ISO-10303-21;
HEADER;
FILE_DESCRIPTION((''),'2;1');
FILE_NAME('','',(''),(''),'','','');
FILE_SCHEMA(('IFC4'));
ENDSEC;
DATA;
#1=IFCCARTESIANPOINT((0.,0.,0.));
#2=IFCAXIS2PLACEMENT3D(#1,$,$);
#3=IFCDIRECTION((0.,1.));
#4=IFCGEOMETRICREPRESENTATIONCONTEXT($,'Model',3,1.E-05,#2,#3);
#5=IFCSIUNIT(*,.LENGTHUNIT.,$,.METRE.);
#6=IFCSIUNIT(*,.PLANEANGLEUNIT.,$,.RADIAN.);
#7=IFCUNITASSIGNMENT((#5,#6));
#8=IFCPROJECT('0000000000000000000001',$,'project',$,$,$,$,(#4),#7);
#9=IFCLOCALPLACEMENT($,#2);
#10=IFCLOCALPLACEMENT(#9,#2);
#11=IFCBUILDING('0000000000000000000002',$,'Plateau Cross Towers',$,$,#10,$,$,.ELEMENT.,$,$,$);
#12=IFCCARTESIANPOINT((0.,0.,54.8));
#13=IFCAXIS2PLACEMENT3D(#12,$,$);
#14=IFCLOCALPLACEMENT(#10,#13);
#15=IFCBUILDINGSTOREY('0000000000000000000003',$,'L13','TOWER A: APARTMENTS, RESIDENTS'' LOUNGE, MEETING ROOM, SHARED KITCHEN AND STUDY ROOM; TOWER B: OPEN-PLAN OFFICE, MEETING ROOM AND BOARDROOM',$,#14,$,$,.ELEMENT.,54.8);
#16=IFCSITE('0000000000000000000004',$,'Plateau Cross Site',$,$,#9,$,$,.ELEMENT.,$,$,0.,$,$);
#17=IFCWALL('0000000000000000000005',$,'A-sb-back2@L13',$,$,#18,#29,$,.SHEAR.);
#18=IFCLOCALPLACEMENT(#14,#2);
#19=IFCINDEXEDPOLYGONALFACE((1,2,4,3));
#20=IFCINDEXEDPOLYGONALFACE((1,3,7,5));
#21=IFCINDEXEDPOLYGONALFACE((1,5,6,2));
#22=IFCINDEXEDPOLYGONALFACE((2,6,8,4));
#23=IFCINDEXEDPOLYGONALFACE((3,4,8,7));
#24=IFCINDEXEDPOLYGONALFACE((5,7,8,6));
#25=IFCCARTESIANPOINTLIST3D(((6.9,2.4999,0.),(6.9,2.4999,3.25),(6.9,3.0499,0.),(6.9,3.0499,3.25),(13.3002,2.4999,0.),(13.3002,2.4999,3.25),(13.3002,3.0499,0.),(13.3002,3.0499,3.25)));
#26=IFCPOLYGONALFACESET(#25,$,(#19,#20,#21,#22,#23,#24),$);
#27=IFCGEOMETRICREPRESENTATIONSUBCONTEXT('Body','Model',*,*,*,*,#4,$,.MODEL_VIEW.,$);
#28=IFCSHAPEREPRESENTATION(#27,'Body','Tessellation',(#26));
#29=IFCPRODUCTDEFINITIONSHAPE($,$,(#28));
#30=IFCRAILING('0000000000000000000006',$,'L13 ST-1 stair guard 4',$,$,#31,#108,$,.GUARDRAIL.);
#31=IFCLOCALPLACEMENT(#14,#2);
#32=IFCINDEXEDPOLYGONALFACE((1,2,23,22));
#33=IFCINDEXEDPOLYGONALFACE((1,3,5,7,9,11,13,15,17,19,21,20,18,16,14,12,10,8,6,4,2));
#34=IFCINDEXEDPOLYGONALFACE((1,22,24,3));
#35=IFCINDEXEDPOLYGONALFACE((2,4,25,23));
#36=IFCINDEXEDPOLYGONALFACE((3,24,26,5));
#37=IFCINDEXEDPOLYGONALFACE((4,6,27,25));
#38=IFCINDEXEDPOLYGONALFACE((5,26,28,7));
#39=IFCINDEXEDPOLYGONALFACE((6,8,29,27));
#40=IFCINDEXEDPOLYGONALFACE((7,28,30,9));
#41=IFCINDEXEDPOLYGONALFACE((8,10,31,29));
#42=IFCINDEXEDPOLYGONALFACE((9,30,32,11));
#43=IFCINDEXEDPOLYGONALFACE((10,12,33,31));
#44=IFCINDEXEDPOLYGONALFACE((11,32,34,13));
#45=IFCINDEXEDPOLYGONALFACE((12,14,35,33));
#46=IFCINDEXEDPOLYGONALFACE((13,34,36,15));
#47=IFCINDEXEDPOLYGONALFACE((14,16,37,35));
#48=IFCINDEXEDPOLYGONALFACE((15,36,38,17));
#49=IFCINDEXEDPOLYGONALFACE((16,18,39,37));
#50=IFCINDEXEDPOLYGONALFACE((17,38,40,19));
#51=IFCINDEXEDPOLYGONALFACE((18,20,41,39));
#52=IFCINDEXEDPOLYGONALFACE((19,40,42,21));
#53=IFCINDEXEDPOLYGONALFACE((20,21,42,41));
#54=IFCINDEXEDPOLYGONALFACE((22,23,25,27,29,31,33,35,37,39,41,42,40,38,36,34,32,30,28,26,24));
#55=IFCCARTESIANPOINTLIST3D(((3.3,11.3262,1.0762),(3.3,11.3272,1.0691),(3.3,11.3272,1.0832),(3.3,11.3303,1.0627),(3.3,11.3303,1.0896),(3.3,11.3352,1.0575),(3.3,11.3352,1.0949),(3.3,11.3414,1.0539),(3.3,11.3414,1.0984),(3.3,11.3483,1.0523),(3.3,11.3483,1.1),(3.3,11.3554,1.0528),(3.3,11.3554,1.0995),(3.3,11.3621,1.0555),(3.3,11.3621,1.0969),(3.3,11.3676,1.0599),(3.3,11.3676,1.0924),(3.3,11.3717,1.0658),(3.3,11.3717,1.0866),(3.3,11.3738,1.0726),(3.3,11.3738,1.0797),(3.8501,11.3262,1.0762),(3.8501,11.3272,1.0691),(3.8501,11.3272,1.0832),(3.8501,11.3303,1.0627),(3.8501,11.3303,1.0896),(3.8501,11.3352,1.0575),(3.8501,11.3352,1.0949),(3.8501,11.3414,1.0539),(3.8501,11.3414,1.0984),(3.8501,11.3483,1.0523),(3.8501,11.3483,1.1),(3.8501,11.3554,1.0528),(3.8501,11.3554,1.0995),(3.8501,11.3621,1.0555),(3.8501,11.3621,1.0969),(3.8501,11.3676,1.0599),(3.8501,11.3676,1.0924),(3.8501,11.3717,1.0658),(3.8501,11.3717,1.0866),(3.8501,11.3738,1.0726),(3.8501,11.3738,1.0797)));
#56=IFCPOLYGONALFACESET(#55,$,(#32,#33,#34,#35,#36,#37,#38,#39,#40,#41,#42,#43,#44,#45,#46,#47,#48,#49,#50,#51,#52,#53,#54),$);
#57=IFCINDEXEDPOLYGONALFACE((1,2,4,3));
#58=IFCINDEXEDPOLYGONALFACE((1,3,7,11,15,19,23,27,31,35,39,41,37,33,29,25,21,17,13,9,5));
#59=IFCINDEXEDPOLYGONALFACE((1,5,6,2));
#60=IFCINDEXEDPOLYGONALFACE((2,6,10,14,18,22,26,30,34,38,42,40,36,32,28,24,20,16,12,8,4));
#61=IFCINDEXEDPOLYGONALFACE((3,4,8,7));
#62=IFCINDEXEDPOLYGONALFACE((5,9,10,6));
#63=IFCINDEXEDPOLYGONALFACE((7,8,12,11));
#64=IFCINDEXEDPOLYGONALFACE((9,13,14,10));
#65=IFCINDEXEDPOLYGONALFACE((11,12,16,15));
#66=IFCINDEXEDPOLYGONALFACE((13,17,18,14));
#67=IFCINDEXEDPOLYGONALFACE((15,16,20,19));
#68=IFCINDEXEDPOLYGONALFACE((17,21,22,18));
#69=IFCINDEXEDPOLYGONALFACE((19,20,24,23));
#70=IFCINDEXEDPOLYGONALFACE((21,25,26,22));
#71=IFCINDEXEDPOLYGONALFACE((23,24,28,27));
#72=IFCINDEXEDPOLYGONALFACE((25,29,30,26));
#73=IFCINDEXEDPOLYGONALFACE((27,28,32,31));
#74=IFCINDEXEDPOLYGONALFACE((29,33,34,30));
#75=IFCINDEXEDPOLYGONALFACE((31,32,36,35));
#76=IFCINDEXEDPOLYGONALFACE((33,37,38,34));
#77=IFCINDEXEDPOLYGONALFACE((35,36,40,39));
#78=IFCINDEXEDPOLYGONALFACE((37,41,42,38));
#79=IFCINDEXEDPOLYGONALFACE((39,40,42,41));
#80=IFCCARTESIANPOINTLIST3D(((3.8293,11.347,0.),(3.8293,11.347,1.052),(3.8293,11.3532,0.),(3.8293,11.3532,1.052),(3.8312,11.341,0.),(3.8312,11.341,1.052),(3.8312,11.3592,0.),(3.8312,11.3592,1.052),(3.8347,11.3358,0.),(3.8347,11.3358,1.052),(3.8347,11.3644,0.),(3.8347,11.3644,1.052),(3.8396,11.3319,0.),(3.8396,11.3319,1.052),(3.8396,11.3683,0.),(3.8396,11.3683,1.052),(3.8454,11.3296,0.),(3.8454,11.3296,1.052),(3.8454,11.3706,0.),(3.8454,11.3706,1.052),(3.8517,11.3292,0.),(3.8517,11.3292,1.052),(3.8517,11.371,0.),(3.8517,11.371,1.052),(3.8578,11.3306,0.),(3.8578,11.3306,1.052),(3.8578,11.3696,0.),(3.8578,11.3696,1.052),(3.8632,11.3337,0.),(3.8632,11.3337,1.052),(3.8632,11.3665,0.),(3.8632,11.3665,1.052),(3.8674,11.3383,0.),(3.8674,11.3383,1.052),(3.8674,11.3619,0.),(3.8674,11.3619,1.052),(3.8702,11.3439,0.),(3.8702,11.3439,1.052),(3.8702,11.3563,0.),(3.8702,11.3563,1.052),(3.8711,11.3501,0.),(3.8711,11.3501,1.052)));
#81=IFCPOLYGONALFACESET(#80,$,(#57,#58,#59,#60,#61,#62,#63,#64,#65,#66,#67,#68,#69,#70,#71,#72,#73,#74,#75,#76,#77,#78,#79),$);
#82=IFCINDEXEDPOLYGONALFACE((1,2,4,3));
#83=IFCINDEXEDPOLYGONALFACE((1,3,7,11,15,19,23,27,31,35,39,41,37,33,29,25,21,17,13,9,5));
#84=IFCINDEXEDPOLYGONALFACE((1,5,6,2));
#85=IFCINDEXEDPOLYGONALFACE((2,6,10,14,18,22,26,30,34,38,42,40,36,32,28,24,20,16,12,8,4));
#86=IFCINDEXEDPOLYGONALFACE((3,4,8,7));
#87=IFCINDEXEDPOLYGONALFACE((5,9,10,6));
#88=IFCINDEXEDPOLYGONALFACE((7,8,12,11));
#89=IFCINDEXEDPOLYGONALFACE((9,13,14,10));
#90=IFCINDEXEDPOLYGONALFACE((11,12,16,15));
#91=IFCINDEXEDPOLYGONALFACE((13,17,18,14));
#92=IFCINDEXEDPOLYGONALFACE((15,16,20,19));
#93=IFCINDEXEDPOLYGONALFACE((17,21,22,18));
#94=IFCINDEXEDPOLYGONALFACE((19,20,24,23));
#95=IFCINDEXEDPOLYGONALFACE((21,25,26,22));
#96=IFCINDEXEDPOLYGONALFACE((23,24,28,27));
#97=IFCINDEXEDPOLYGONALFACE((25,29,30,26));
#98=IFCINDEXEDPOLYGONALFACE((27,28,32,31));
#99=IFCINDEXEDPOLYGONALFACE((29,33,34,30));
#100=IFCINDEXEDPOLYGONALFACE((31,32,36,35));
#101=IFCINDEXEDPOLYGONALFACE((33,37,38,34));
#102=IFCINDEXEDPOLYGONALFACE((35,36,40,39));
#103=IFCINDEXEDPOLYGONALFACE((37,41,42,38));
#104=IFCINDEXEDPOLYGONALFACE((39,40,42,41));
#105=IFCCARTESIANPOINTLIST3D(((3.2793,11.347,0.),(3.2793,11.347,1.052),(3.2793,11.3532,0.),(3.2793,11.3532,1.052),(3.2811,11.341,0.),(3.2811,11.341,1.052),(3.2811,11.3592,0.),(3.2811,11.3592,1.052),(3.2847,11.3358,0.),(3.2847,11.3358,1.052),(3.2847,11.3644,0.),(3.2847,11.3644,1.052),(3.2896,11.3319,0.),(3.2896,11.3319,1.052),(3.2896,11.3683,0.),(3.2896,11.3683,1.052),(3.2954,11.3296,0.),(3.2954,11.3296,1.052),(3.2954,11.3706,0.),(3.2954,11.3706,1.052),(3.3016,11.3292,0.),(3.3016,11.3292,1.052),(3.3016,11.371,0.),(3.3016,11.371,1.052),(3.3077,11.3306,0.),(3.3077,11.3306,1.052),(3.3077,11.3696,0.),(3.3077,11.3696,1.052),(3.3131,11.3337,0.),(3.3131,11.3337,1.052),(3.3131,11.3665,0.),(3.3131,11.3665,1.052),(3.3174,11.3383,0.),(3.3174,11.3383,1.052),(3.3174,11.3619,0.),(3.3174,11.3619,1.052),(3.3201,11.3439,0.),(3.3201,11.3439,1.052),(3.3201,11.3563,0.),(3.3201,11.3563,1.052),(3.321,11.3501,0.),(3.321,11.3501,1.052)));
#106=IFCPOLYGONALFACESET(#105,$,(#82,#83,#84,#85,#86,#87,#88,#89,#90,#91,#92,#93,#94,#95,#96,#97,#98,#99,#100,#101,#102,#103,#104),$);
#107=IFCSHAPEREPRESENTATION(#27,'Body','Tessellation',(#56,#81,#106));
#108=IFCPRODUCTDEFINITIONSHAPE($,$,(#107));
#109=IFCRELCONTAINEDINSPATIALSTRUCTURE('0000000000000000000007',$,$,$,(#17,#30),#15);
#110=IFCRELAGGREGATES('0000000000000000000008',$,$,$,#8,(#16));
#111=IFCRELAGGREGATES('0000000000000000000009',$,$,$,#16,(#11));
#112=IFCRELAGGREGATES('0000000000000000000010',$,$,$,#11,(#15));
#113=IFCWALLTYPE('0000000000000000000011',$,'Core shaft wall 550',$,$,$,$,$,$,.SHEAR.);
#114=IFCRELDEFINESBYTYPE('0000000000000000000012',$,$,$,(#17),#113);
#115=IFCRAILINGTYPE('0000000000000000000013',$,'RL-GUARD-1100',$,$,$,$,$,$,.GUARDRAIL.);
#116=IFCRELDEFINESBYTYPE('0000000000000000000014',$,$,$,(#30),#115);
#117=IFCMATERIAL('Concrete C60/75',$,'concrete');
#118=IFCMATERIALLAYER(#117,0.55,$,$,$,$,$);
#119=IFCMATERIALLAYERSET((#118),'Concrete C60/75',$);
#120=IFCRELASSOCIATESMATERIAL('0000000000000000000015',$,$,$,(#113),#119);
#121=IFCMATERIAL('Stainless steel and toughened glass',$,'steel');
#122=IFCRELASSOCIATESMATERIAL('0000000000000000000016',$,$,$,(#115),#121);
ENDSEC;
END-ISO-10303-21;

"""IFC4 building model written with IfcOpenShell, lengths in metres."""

from ifc_helpers import new_model, si_unit, direction, frame, frame_2d, origin, origin_2d, place, context, subcontext, project, spatial, rectangle, circle, extrude, material, layer, layer_set, type_object, element, save


model = new_model("IFC4")

# Units and contexts
model_context = context("Model", 3, precision=1e-05, world=origin(), true_north=direction((0.0, 1.0)))
body_context = subcontext(model_context, "Body", "Model", "MODEL_VIEW")
ifc_project = project(units=[si_unit("LENGTHUNIT", "METRE"), si_unit("PLANEANGLEUNIT", "RADIAN")], contexts=[model_context])

# Site, building, storey
site_placement = place(None, origin())
site = spatial("IfcSite", under=ifc_project, at=site_placement, Name="Plateau Cross Site", CompositionType="ELEMENT", RefElevation=0.0)
building_placement = place(site_placement, origin())
building = spatial("IfcBuilding", under=site, at=building_placement, Name="Plateau Cross Towers", CompositionType="ELEMENT")
storey_placement = place(building_placement, frame((0.0, 0.0, 54.8)))
storey = spatial("IfcBuildingStorey", under=building, at=storey_placement, Name="L13", Description="TOWER A: APARTMENTS, RESIDENTS' LOUNGE, MEETING ROOM, SHARED KITCHEN AND STUDY ROOM; TOWER B: OPEN-PLAN OFFICE, MEETING ROOM AND BOARDROOM", CompositionType="ELEMENT", Elevation=54.8)

# Shared definitions
ifc_material_1 = material(Name="Concrete C60/75", Category="concrete")

# Wall
ifc_layer_1 = layer(ifc_material_1, 0.55)
ifc_layer_set_1 = layer_set([ifc_layer_1], Name="Concrete C60/75")
wall_type_1 = type_object("IfcWallType", Name="Core shaft wall 550", PredefinedType="SHEAR", material=ifc_layer_set_1)
wall_1_placement = place(storey_placement, frame((6.8999, 2.7749, 0.0), z_axis=(0.0, 0.0, 1.0), x_axis=(1.0, 0.0, 0.0)))
element("IfcWall", 1, at=wall_1_placement, inside=storey, type_object=wall_type_1, Name="A-sb-back2@L13", PredefinedType="SHEAR", context=body_context, shape_type="SweptSolid", body=[
    extrude(rectangle(XDim=6.4001, YDim=0.55, at=frame_2d((3.2002, 0.0))), origin(), (0.0, 0.0, 1.0), 3.25),
])

# Railing
ifc_material_2 = material(Name="Stainless steel and toughened glass", Category="steel")
railing_type = type_object("IfcRailingType", Name="RL-GUARD-1100", PredefinedType="GUARDRAIL", material=ifc_material_2)
railing_placement = place(storey_placement, frame((3.8501, 11.3501, 0.0)))
element("IfcRailing", 2, at=railing_placement, inside=storey, type_object=railing_type, Name="L13 ST-1 stair guard 4", PredefinedType="GUARDRAIL", context=body_context, shape_type="SweptSolid", body=[
    extrude(circle(Radius=0.0239, at=origin_2d()), frame((0.0, 0.0, 1.0762), z_axis=(-1.0, 0.0, 0.0), x_axis=(0.0, -1.0, 0.0)), (0.0, 0.0, 1.0), 0.55),
    extrude(circle(Radius=0.021, at=origin_2d()), origin(), (0.0, 0.0, 1.0), 1.052),
    extrude(circle(Radius=0.021, at=origin_2d()), frame((-0.55, 0.0, 0.0)), (0.0, 0.0, 1.0), 1.052),
])

save(model, "model.ifc")
